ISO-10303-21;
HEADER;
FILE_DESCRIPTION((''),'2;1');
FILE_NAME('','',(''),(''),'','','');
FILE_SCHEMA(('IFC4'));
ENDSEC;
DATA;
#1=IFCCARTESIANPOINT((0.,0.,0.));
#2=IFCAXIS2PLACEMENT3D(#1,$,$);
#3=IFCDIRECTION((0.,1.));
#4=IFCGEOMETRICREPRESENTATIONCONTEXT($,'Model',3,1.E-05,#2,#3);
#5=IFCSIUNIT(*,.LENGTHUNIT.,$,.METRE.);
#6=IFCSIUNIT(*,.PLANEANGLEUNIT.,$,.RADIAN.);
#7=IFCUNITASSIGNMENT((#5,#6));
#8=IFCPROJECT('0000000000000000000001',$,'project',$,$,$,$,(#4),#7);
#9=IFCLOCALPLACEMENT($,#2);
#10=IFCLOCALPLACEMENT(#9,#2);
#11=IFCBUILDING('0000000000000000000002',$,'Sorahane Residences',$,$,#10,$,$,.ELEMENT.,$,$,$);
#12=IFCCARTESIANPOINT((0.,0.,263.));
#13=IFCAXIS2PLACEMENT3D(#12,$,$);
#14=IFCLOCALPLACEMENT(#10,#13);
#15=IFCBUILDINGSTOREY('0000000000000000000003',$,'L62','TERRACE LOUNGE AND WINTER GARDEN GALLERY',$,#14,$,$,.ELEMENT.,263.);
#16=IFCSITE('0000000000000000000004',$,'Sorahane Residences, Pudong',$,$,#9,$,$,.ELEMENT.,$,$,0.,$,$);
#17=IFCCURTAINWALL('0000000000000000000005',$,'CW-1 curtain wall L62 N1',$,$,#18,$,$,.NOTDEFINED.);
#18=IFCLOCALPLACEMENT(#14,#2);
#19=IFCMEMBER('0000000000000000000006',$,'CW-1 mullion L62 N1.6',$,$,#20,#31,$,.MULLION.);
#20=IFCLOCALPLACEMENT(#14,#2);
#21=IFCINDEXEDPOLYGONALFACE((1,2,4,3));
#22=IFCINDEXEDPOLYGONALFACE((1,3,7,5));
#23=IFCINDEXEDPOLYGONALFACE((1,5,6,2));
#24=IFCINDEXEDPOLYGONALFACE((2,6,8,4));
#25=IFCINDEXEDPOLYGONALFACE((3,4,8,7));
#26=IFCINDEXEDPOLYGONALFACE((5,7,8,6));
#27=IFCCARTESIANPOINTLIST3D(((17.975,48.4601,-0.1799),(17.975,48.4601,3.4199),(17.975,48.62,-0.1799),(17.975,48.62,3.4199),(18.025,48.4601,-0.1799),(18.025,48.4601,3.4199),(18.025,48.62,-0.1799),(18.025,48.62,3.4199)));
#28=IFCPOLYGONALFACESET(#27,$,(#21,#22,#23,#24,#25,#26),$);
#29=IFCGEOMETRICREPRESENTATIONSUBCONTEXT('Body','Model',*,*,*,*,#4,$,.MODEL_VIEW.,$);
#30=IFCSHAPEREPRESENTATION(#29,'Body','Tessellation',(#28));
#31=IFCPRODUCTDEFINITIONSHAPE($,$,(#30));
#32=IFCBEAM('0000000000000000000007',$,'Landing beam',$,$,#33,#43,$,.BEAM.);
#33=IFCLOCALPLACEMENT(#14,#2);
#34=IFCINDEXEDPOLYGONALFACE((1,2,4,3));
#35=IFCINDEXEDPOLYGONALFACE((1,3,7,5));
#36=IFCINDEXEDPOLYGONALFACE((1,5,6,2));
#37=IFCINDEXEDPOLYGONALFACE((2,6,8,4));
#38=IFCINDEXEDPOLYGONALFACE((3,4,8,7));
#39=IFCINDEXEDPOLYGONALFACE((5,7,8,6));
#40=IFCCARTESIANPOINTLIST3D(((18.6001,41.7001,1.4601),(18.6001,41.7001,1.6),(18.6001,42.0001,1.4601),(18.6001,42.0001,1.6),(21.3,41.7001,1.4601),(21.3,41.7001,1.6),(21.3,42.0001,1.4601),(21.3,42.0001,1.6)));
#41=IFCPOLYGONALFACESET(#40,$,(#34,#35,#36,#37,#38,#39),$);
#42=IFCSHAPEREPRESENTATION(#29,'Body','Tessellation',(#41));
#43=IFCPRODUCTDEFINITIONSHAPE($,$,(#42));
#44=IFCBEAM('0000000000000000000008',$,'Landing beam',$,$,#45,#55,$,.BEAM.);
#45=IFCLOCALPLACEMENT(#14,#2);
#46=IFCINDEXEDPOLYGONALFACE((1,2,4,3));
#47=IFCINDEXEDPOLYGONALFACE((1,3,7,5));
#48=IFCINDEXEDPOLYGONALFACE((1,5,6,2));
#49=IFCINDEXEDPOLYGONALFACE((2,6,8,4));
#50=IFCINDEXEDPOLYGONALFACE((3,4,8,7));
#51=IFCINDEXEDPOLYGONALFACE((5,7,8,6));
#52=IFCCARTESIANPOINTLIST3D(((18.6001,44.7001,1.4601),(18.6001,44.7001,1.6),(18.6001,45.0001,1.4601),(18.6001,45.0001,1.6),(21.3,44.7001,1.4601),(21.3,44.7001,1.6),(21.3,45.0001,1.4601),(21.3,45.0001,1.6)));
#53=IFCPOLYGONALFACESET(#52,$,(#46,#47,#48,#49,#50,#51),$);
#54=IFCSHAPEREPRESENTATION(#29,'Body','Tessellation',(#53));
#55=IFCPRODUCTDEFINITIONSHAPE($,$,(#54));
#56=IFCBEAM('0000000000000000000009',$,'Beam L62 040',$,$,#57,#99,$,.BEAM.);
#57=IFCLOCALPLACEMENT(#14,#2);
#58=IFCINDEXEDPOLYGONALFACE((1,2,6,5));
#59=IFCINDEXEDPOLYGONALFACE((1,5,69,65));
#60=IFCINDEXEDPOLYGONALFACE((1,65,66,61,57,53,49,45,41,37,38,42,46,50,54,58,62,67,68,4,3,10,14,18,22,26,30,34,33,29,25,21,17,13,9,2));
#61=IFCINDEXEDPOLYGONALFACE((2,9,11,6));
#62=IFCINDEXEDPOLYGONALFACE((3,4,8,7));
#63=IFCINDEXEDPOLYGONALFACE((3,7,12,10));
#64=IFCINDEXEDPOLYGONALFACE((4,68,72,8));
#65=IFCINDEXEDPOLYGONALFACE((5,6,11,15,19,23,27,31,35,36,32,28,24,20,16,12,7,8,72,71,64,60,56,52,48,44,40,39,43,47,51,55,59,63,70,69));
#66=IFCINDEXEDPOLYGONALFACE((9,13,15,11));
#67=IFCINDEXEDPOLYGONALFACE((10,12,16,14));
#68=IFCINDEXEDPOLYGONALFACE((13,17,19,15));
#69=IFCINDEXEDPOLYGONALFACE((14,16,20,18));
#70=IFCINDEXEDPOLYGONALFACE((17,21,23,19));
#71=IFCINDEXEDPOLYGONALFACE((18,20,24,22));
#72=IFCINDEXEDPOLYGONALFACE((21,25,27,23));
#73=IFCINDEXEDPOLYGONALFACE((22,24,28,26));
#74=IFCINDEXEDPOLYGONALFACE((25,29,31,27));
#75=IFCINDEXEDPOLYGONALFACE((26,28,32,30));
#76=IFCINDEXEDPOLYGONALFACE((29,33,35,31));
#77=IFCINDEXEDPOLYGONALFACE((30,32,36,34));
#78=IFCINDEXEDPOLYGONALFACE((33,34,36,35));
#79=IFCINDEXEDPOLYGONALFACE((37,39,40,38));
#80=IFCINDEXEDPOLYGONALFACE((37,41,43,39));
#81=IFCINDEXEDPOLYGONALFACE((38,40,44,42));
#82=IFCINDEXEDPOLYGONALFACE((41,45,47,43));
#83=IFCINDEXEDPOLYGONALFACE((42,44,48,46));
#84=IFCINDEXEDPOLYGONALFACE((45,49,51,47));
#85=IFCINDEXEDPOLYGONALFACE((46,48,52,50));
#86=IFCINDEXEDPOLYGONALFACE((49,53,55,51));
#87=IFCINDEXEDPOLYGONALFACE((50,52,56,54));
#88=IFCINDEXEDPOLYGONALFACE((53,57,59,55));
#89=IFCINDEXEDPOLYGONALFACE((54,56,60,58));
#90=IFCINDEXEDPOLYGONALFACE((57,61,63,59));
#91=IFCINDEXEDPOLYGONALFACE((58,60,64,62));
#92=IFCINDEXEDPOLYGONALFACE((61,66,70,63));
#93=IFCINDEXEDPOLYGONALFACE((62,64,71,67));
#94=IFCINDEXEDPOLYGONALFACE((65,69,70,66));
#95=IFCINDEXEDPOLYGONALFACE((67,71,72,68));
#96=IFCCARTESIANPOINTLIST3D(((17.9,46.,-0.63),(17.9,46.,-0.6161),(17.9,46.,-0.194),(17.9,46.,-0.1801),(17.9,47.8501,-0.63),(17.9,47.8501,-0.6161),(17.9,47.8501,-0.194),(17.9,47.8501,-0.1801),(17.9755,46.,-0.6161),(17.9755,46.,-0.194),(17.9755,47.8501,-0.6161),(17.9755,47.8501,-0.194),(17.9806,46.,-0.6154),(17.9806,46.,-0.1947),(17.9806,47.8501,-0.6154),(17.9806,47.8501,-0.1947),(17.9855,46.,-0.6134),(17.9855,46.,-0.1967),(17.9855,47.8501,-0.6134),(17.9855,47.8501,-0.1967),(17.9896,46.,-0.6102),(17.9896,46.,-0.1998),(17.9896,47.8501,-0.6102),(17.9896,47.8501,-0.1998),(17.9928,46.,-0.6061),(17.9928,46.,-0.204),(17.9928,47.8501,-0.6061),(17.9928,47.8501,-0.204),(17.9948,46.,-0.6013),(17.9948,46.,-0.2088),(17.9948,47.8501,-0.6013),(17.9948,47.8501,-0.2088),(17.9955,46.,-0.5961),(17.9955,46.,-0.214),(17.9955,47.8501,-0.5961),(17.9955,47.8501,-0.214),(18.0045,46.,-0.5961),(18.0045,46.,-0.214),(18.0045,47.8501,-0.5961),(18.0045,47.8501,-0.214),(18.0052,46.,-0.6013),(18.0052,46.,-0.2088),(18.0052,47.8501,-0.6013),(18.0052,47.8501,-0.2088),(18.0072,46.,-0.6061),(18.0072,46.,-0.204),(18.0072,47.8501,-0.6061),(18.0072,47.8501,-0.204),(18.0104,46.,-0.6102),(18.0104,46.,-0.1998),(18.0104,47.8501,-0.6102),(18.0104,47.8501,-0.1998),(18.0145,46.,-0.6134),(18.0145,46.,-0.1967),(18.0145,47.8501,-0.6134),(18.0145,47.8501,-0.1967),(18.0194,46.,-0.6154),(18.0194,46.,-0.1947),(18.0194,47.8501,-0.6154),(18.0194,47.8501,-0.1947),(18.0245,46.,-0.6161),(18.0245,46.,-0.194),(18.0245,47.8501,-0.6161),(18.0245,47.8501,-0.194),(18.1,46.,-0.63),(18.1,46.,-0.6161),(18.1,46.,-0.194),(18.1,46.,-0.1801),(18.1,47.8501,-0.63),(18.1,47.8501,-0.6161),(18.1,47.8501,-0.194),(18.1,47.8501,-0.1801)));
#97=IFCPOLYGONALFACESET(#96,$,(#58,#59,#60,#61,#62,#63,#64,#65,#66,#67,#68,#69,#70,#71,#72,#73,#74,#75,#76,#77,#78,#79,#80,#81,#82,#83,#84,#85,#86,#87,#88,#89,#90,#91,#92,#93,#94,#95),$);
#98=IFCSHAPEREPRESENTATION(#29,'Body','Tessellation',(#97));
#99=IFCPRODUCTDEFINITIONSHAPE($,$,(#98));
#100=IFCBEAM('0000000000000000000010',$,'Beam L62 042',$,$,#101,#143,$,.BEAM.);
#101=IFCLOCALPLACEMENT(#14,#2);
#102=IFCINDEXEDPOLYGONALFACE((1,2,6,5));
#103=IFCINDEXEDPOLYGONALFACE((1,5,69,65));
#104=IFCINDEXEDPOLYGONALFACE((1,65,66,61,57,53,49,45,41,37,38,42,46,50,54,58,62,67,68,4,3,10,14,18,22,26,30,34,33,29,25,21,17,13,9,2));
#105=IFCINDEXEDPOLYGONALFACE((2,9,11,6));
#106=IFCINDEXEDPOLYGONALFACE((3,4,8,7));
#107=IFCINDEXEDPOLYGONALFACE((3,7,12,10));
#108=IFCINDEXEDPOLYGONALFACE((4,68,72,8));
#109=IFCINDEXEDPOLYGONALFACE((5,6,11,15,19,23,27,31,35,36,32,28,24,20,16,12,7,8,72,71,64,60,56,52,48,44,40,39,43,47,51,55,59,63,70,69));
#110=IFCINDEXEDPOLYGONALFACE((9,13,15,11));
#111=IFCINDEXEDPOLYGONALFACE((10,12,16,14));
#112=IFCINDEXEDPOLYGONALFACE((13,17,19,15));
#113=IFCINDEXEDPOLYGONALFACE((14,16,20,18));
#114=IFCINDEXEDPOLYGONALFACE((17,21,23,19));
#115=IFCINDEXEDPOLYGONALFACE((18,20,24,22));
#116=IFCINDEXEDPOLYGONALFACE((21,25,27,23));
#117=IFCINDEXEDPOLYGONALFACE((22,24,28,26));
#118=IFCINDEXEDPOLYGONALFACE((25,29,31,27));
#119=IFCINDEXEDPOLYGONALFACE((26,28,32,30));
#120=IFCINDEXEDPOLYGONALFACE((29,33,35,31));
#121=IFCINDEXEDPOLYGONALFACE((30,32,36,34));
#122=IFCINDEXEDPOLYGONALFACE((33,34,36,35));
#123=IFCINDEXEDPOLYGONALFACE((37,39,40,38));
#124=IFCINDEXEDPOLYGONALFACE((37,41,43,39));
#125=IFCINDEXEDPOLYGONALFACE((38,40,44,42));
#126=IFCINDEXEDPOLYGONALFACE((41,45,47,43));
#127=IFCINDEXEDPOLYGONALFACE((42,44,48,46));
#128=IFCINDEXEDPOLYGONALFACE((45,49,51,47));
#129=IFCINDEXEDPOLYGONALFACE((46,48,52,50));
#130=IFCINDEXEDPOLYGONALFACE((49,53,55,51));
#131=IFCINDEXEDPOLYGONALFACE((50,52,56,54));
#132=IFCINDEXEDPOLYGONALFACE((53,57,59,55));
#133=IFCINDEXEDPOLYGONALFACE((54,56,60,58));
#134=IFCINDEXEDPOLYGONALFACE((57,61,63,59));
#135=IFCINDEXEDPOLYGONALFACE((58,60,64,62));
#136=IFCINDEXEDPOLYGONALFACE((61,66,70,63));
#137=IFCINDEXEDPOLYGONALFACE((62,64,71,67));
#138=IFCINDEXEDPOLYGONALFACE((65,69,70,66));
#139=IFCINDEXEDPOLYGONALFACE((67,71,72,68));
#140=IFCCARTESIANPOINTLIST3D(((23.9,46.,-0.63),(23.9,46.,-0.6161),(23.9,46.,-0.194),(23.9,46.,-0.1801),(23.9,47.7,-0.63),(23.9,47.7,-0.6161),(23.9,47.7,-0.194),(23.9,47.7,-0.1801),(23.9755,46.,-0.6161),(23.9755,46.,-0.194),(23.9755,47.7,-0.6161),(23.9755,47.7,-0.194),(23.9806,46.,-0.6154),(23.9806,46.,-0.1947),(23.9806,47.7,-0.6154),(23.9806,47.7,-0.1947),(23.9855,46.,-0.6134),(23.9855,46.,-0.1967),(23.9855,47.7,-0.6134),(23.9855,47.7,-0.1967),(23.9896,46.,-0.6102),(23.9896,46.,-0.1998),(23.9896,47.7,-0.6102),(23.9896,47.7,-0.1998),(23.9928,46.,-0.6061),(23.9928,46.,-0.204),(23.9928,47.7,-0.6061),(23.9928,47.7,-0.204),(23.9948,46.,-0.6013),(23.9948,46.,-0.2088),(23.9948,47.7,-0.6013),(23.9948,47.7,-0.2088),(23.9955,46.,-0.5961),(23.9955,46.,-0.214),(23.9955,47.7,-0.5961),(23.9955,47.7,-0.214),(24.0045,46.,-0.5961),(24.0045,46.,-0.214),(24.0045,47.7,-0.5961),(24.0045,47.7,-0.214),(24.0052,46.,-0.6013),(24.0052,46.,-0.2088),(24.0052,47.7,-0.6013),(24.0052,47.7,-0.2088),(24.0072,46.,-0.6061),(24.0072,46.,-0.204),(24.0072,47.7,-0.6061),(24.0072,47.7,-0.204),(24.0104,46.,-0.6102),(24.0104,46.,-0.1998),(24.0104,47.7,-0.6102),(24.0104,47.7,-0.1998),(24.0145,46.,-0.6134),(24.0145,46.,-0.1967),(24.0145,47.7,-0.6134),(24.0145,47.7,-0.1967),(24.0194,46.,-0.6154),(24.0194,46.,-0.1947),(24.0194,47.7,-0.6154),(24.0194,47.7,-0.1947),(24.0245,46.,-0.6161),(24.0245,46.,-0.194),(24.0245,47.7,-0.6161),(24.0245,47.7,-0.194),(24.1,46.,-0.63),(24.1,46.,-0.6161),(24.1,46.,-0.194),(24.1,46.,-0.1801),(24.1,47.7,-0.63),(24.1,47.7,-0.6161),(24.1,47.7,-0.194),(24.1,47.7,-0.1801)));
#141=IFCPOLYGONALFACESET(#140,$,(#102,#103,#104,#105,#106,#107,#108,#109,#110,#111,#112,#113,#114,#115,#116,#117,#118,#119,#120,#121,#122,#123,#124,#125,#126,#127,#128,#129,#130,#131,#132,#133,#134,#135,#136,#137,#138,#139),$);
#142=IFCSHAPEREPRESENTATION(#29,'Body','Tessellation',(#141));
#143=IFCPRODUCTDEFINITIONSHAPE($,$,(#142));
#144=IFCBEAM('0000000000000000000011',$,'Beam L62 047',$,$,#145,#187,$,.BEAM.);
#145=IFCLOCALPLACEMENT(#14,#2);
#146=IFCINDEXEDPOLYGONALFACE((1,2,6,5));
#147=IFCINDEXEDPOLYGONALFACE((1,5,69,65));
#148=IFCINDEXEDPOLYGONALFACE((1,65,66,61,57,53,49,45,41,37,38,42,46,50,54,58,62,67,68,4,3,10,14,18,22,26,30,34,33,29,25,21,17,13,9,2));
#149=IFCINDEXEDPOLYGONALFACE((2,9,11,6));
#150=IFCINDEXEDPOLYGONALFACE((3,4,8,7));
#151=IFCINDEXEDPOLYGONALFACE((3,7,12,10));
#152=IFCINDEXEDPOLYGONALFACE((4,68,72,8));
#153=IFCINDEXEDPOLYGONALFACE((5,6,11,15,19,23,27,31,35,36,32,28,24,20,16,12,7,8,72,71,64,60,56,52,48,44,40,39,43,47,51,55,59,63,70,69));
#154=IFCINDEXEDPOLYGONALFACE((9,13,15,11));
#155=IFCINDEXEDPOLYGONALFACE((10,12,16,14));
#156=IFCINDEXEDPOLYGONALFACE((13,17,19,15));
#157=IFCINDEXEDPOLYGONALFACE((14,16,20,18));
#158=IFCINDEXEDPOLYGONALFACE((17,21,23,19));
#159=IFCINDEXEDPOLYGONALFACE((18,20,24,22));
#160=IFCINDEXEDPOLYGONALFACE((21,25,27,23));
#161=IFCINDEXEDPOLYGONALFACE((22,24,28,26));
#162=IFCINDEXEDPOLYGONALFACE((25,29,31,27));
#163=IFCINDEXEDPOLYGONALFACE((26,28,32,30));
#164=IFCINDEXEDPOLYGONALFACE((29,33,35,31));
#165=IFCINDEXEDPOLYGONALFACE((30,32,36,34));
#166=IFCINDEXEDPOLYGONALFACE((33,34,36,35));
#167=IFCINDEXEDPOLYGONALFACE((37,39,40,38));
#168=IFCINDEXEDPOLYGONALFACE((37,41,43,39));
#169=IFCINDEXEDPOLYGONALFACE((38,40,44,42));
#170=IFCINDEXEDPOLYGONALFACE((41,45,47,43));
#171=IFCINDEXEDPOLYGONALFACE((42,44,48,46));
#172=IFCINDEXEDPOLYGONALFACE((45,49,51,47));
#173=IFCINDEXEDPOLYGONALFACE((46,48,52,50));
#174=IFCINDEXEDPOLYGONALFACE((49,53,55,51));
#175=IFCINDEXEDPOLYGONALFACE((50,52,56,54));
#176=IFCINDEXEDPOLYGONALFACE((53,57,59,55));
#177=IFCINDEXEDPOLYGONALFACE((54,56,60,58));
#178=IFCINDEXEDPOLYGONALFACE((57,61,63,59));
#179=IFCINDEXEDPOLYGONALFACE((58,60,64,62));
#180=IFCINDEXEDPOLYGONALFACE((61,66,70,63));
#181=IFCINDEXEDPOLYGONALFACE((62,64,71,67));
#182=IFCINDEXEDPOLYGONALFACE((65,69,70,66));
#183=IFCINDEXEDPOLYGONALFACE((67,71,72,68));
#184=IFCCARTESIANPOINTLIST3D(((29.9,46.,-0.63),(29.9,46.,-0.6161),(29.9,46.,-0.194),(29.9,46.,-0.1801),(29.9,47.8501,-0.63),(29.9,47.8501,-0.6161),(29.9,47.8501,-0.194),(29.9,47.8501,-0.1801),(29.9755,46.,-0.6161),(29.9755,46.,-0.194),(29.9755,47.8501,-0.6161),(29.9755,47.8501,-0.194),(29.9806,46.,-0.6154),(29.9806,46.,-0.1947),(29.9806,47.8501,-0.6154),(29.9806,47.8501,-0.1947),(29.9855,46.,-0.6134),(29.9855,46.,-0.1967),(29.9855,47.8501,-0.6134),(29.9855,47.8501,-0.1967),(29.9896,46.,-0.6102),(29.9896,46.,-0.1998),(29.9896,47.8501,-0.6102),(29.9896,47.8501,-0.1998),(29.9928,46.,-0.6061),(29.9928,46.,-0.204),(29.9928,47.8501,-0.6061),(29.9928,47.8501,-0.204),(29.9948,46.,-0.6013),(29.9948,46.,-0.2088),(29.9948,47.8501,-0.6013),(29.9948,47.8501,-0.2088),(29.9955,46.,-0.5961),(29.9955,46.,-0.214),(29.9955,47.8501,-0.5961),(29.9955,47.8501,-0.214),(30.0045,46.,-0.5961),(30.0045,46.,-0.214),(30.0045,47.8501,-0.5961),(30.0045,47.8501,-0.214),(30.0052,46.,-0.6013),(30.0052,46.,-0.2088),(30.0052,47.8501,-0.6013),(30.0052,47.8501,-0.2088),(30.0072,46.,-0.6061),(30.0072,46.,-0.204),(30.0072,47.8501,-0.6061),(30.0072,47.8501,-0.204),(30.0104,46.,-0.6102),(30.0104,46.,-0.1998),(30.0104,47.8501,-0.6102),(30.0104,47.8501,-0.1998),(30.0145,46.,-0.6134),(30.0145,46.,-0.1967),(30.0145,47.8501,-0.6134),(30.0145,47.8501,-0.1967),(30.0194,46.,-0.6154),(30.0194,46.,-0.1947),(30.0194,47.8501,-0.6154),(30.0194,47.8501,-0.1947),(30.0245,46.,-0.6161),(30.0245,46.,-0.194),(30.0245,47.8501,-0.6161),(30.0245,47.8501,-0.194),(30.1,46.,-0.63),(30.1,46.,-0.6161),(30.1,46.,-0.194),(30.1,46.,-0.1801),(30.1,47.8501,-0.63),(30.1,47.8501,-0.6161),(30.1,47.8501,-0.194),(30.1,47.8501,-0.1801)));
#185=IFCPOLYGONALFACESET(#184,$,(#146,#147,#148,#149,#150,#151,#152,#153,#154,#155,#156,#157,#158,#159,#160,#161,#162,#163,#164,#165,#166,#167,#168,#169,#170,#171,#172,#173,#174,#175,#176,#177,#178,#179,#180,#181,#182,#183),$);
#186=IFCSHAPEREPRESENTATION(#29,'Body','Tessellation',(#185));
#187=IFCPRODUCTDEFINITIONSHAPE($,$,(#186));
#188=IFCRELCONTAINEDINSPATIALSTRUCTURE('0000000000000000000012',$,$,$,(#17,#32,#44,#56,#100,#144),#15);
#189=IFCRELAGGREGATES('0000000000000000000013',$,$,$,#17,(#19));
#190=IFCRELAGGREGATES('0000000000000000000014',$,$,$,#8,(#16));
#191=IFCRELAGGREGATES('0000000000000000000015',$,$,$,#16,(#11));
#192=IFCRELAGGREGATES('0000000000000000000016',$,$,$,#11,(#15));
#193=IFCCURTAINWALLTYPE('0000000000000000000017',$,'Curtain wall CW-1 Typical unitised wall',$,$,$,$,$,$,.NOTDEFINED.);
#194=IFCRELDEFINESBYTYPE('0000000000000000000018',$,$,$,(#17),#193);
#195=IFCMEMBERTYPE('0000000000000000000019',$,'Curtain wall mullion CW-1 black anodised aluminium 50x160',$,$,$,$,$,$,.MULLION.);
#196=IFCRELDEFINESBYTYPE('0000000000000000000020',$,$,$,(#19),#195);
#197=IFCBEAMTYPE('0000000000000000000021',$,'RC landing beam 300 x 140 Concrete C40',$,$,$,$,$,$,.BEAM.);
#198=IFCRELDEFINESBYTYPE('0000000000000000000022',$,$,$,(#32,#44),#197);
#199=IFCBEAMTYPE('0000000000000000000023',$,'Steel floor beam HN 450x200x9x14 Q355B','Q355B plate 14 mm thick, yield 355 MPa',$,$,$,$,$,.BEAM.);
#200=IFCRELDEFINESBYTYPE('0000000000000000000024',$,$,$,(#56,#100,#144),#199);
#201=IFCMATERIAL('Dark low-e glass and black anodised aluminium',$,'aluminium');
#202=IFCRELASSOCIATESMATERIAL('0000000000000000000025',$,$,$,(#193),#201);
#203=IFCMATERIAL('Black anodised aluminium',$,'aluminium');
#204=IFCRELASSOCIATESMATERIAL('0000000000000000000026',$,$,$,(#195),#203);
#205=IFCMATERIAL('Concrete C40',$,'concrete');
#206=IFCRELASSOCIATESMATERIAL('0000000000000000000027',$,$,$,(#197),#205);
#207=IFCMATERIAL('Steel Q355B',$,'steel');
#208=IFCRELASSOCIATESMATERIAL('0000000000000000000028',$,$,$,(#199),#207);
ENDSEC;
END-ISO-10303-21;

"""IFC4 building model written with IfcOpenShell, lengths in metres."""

from ifc_helpers import new_model, si_unit, direction, frame, origin, origin_2d, place, context, subcontext, project, spatial, rectangle, i_section, extrude, material, material_profile, profile_set, type_object, element, aggregate, save


model = new_model("IFC4")

# Units and contexts
model_context = context("Model", 3, precision=1e-05, world=origin(), true_north=direction((0.0, 1.0)))
body_context = subcontext(model_context, "Body", "Model", "MODEL_VIEW")
ifc_project = project(units=[si_unit("LENGTHUNIT", "METRE"), si_unit("PLANEANGLEUNIT", "RADIAN")], contexts=[model_context])

# Site, building, storey
site_placement = place(None, origin())
site = spatial("IfcSite", under=ifc_project, at=site_placement, Name="Sorahane Residences, Pudong", CompositionType="ELEMENT", RefElevation=0.0)
building_placement = place(site_placement, origin())
building = spatial("IfcBuilding", under=site, at=building_placement, Name="Sorahane Residences", CompositionType="ELEMENT")
storey_placement = place(building_placement, frame((0.0, 0.0, 263.0)))
storey = spatial("IfcBuildingStorey", under=building, at=storey_placement, Name="L62", Description="TERRACE LOUNGE AND WINTER GARDEN GALLERY", CompositionType="ELEMENT", Elevation=263.0)

# Curtain wall, member
ifc_material_1 = material(Name="Dark low-e glass and black anodised aluminium", Category="aluminium")
curtain_wall_type = type_object("IfcCurtainWallType", Name="Curtain wall CW-1 Typical unitised wall", PredefinedType="NOTDEFINED", material=ifc_material_1)
curtain_wall_placement = place(storey_placement, origin())
curtain_wall = element("IfcCurtainWall", 1, at=curtain_wall_placement, inside=storey, type_object=curtain_wall_type, Name="CW-1 curtain wall L62 N1", PredefinedType="NOTDEFINED")
ifc_material_2 = material(Name="Black anodised aluminium", Category="aluminium")
ifc_material_profile_1 = material_profile(ifc_material_2, rectangle(XDim=0.1599, YDim=0.05, at=origin_2d()), Name="Curtain wall mullion CW-1 black anodised aluminium 50x160")
ifc_profile_set_1 = profile_set([ifc_material_profile_1], Name="Black anodised aluminium")
member_type_1 = type_object("IfcMemberType", Name="Curtain wall mullion CW-1 black anodised aluminium 50x160", PredefinedType="MULLION", material=ifc_profile_set_1)
member_1_placement = place(storey_placement, frame((18.0, 48.54, -0.1799), z_axis=(0.0, 0.0, 1.0), x_axis=(0.0, 1.0, 0.0)))
member_1 = element("IfcMember", 2, at=member_1_placement, type_object=member_type_1, Name="CW-1 mullion L62 N1.6", PredefinedType="MULLION", context=body_context, shape_type="SweptSolid", body=[
    extrude(rectangle(XDim=0.1599, YDim=0.05, at=origin_2d()), origin(), (0.0, 0.0, 1.0), 3.5999),
])

# Beams
ifc_material_3 = material(Name="Concrete C40", Category="concrete")
ifc_material_profile_2 = material_profile(ifc_material_3, rectangle(XDim=0.3, YDim=0.1399, at=origin_2d()), Name="300x140")
ifc_profile_set_2 = profile_set([ifc_material_profile_2], Name="Concrete C40")
beam_type_1 = type_object("IfcBeamType", Name="RC landing beam 300 x 140 Concrete C40", PredefinedType="BEAM", material=ifc_profile_set_2)
for number, where, z_axis, x_axis, name in (
    (3, (18.6001, 41.8501, 1.53), (1.0, 0.0, 0.0), (0.0, 1.0, 0.0), "Landing beam"),
    (4, (18.6001, 44.8501, 1.53), (1.0, 0.0, 0.0), (0.0, 1.0, 0.0), "Landing beam"),
):
    element("IfcBeam", number, at=place(storey_placement, frame(where, z_axis=z_axis, x_axis=x_axis)), inside=storey, type_object=beam_type_1, Name=name, PredefinedType="BEAM", context=body_context, shape_type="SweptSolid", body=[
        extrude(rectangle(XDim=0.3, YDim=0.1399, at=origin_2d()), origin(), (0.0, 0.0, 1.0), 2.7),
    ])
ifc_material_4 = material(Name="Steel Q355B", Category="steel")
ifc_material_profile_3 = material_profile(ifc_material_4, i_section(OverallWidth=0.2, OverallDepth=0.45, WebThickness=0.009, FlangeThickness=0.0139, FilletRadius=0.02, at=origin_2d()), Name="HN 450x200x9x14")
ifc_profile_set_3 = profile_set([ifc_material_profile_3], Name="Steel Q355B")
beam_type_2 = type_object("IfcBeamType", Name="Steel floor beam HN 450x200x9x14 Q355B", Description="Q355B plate 14 mm thick, yield 355 MPa", PredefinedType="BEAM", material=ifc_profile_set_3)
beam_1_placement = place(storey_placement, frame((18.0, 46.0, -0.405), z_axis=(0.0, 1.0, 0.0), x_axis=(-1.0, 0.0, 0.0)))
element("IfcBeam", 5, at=beam_1_placement, inside=storey, type_object=beam_type_2, Name="Beam L62 040", PredefinedType="BEAM", context=body_context, shape_type="SweptSolid", body=[
    extrude(i_section(OverallWidth=0.2, OverallDepth=0.45, WebThickness=0.009, FlangeThickness=0.0139, FilletRadius=0.02, at=origin_2d()), origin(), (0.0, 0.0, 1.0), 1.8501),
])
beam_2_placement = place(storey_placement, frame((24.0, 46.0, -0.405), z_axis=(0.0, 1.0, 0.0), x_axis=(-1.0, 0.0, 0.0)))
element("IfcBeam", 6, at=beam_2_placement, inside=storey, type_object=beam_type_2, Name="Beam L62 042", PredefinedType="BEAM", context=body_context, shape_type="SweptSolid", body=[
    extrude(i_section(OverallWidth=0.2, OverallDepth=0.45, WebThickness=0.009, FlangeThickness=0.0139, FilletRadius=0.02, at=origin_2d()), origin(), (0.0, 0.0, 1.0), 1.7),
])
beam_3_placement = place(storey_placement, frame((30.0, 46.0, -0.405), z_axis=(0.0, 1.0, 0.0), x_axis=(-1.0, 0.0, 0.0)))
element("IfcBeam", 7, at=beam_3_placement, inside=storey, type_object=beam_type_2, Name="Beam L62 047", PredefinedType="BEAM", context=body_context, shape_type="SweptSolid", body=[
    extrude(i_section(OverallWidth=0.2, OverallDepth=0.45, WebThickness=0.009, FlangeThickness=0.0139, FilletRadius=0.02, at=origin_2d()), origin(), (0.0, 0.0, 1.0), 1.8501),
])

aggregate(curtain_wall, [member_1])

save(model, "model.ifc")
